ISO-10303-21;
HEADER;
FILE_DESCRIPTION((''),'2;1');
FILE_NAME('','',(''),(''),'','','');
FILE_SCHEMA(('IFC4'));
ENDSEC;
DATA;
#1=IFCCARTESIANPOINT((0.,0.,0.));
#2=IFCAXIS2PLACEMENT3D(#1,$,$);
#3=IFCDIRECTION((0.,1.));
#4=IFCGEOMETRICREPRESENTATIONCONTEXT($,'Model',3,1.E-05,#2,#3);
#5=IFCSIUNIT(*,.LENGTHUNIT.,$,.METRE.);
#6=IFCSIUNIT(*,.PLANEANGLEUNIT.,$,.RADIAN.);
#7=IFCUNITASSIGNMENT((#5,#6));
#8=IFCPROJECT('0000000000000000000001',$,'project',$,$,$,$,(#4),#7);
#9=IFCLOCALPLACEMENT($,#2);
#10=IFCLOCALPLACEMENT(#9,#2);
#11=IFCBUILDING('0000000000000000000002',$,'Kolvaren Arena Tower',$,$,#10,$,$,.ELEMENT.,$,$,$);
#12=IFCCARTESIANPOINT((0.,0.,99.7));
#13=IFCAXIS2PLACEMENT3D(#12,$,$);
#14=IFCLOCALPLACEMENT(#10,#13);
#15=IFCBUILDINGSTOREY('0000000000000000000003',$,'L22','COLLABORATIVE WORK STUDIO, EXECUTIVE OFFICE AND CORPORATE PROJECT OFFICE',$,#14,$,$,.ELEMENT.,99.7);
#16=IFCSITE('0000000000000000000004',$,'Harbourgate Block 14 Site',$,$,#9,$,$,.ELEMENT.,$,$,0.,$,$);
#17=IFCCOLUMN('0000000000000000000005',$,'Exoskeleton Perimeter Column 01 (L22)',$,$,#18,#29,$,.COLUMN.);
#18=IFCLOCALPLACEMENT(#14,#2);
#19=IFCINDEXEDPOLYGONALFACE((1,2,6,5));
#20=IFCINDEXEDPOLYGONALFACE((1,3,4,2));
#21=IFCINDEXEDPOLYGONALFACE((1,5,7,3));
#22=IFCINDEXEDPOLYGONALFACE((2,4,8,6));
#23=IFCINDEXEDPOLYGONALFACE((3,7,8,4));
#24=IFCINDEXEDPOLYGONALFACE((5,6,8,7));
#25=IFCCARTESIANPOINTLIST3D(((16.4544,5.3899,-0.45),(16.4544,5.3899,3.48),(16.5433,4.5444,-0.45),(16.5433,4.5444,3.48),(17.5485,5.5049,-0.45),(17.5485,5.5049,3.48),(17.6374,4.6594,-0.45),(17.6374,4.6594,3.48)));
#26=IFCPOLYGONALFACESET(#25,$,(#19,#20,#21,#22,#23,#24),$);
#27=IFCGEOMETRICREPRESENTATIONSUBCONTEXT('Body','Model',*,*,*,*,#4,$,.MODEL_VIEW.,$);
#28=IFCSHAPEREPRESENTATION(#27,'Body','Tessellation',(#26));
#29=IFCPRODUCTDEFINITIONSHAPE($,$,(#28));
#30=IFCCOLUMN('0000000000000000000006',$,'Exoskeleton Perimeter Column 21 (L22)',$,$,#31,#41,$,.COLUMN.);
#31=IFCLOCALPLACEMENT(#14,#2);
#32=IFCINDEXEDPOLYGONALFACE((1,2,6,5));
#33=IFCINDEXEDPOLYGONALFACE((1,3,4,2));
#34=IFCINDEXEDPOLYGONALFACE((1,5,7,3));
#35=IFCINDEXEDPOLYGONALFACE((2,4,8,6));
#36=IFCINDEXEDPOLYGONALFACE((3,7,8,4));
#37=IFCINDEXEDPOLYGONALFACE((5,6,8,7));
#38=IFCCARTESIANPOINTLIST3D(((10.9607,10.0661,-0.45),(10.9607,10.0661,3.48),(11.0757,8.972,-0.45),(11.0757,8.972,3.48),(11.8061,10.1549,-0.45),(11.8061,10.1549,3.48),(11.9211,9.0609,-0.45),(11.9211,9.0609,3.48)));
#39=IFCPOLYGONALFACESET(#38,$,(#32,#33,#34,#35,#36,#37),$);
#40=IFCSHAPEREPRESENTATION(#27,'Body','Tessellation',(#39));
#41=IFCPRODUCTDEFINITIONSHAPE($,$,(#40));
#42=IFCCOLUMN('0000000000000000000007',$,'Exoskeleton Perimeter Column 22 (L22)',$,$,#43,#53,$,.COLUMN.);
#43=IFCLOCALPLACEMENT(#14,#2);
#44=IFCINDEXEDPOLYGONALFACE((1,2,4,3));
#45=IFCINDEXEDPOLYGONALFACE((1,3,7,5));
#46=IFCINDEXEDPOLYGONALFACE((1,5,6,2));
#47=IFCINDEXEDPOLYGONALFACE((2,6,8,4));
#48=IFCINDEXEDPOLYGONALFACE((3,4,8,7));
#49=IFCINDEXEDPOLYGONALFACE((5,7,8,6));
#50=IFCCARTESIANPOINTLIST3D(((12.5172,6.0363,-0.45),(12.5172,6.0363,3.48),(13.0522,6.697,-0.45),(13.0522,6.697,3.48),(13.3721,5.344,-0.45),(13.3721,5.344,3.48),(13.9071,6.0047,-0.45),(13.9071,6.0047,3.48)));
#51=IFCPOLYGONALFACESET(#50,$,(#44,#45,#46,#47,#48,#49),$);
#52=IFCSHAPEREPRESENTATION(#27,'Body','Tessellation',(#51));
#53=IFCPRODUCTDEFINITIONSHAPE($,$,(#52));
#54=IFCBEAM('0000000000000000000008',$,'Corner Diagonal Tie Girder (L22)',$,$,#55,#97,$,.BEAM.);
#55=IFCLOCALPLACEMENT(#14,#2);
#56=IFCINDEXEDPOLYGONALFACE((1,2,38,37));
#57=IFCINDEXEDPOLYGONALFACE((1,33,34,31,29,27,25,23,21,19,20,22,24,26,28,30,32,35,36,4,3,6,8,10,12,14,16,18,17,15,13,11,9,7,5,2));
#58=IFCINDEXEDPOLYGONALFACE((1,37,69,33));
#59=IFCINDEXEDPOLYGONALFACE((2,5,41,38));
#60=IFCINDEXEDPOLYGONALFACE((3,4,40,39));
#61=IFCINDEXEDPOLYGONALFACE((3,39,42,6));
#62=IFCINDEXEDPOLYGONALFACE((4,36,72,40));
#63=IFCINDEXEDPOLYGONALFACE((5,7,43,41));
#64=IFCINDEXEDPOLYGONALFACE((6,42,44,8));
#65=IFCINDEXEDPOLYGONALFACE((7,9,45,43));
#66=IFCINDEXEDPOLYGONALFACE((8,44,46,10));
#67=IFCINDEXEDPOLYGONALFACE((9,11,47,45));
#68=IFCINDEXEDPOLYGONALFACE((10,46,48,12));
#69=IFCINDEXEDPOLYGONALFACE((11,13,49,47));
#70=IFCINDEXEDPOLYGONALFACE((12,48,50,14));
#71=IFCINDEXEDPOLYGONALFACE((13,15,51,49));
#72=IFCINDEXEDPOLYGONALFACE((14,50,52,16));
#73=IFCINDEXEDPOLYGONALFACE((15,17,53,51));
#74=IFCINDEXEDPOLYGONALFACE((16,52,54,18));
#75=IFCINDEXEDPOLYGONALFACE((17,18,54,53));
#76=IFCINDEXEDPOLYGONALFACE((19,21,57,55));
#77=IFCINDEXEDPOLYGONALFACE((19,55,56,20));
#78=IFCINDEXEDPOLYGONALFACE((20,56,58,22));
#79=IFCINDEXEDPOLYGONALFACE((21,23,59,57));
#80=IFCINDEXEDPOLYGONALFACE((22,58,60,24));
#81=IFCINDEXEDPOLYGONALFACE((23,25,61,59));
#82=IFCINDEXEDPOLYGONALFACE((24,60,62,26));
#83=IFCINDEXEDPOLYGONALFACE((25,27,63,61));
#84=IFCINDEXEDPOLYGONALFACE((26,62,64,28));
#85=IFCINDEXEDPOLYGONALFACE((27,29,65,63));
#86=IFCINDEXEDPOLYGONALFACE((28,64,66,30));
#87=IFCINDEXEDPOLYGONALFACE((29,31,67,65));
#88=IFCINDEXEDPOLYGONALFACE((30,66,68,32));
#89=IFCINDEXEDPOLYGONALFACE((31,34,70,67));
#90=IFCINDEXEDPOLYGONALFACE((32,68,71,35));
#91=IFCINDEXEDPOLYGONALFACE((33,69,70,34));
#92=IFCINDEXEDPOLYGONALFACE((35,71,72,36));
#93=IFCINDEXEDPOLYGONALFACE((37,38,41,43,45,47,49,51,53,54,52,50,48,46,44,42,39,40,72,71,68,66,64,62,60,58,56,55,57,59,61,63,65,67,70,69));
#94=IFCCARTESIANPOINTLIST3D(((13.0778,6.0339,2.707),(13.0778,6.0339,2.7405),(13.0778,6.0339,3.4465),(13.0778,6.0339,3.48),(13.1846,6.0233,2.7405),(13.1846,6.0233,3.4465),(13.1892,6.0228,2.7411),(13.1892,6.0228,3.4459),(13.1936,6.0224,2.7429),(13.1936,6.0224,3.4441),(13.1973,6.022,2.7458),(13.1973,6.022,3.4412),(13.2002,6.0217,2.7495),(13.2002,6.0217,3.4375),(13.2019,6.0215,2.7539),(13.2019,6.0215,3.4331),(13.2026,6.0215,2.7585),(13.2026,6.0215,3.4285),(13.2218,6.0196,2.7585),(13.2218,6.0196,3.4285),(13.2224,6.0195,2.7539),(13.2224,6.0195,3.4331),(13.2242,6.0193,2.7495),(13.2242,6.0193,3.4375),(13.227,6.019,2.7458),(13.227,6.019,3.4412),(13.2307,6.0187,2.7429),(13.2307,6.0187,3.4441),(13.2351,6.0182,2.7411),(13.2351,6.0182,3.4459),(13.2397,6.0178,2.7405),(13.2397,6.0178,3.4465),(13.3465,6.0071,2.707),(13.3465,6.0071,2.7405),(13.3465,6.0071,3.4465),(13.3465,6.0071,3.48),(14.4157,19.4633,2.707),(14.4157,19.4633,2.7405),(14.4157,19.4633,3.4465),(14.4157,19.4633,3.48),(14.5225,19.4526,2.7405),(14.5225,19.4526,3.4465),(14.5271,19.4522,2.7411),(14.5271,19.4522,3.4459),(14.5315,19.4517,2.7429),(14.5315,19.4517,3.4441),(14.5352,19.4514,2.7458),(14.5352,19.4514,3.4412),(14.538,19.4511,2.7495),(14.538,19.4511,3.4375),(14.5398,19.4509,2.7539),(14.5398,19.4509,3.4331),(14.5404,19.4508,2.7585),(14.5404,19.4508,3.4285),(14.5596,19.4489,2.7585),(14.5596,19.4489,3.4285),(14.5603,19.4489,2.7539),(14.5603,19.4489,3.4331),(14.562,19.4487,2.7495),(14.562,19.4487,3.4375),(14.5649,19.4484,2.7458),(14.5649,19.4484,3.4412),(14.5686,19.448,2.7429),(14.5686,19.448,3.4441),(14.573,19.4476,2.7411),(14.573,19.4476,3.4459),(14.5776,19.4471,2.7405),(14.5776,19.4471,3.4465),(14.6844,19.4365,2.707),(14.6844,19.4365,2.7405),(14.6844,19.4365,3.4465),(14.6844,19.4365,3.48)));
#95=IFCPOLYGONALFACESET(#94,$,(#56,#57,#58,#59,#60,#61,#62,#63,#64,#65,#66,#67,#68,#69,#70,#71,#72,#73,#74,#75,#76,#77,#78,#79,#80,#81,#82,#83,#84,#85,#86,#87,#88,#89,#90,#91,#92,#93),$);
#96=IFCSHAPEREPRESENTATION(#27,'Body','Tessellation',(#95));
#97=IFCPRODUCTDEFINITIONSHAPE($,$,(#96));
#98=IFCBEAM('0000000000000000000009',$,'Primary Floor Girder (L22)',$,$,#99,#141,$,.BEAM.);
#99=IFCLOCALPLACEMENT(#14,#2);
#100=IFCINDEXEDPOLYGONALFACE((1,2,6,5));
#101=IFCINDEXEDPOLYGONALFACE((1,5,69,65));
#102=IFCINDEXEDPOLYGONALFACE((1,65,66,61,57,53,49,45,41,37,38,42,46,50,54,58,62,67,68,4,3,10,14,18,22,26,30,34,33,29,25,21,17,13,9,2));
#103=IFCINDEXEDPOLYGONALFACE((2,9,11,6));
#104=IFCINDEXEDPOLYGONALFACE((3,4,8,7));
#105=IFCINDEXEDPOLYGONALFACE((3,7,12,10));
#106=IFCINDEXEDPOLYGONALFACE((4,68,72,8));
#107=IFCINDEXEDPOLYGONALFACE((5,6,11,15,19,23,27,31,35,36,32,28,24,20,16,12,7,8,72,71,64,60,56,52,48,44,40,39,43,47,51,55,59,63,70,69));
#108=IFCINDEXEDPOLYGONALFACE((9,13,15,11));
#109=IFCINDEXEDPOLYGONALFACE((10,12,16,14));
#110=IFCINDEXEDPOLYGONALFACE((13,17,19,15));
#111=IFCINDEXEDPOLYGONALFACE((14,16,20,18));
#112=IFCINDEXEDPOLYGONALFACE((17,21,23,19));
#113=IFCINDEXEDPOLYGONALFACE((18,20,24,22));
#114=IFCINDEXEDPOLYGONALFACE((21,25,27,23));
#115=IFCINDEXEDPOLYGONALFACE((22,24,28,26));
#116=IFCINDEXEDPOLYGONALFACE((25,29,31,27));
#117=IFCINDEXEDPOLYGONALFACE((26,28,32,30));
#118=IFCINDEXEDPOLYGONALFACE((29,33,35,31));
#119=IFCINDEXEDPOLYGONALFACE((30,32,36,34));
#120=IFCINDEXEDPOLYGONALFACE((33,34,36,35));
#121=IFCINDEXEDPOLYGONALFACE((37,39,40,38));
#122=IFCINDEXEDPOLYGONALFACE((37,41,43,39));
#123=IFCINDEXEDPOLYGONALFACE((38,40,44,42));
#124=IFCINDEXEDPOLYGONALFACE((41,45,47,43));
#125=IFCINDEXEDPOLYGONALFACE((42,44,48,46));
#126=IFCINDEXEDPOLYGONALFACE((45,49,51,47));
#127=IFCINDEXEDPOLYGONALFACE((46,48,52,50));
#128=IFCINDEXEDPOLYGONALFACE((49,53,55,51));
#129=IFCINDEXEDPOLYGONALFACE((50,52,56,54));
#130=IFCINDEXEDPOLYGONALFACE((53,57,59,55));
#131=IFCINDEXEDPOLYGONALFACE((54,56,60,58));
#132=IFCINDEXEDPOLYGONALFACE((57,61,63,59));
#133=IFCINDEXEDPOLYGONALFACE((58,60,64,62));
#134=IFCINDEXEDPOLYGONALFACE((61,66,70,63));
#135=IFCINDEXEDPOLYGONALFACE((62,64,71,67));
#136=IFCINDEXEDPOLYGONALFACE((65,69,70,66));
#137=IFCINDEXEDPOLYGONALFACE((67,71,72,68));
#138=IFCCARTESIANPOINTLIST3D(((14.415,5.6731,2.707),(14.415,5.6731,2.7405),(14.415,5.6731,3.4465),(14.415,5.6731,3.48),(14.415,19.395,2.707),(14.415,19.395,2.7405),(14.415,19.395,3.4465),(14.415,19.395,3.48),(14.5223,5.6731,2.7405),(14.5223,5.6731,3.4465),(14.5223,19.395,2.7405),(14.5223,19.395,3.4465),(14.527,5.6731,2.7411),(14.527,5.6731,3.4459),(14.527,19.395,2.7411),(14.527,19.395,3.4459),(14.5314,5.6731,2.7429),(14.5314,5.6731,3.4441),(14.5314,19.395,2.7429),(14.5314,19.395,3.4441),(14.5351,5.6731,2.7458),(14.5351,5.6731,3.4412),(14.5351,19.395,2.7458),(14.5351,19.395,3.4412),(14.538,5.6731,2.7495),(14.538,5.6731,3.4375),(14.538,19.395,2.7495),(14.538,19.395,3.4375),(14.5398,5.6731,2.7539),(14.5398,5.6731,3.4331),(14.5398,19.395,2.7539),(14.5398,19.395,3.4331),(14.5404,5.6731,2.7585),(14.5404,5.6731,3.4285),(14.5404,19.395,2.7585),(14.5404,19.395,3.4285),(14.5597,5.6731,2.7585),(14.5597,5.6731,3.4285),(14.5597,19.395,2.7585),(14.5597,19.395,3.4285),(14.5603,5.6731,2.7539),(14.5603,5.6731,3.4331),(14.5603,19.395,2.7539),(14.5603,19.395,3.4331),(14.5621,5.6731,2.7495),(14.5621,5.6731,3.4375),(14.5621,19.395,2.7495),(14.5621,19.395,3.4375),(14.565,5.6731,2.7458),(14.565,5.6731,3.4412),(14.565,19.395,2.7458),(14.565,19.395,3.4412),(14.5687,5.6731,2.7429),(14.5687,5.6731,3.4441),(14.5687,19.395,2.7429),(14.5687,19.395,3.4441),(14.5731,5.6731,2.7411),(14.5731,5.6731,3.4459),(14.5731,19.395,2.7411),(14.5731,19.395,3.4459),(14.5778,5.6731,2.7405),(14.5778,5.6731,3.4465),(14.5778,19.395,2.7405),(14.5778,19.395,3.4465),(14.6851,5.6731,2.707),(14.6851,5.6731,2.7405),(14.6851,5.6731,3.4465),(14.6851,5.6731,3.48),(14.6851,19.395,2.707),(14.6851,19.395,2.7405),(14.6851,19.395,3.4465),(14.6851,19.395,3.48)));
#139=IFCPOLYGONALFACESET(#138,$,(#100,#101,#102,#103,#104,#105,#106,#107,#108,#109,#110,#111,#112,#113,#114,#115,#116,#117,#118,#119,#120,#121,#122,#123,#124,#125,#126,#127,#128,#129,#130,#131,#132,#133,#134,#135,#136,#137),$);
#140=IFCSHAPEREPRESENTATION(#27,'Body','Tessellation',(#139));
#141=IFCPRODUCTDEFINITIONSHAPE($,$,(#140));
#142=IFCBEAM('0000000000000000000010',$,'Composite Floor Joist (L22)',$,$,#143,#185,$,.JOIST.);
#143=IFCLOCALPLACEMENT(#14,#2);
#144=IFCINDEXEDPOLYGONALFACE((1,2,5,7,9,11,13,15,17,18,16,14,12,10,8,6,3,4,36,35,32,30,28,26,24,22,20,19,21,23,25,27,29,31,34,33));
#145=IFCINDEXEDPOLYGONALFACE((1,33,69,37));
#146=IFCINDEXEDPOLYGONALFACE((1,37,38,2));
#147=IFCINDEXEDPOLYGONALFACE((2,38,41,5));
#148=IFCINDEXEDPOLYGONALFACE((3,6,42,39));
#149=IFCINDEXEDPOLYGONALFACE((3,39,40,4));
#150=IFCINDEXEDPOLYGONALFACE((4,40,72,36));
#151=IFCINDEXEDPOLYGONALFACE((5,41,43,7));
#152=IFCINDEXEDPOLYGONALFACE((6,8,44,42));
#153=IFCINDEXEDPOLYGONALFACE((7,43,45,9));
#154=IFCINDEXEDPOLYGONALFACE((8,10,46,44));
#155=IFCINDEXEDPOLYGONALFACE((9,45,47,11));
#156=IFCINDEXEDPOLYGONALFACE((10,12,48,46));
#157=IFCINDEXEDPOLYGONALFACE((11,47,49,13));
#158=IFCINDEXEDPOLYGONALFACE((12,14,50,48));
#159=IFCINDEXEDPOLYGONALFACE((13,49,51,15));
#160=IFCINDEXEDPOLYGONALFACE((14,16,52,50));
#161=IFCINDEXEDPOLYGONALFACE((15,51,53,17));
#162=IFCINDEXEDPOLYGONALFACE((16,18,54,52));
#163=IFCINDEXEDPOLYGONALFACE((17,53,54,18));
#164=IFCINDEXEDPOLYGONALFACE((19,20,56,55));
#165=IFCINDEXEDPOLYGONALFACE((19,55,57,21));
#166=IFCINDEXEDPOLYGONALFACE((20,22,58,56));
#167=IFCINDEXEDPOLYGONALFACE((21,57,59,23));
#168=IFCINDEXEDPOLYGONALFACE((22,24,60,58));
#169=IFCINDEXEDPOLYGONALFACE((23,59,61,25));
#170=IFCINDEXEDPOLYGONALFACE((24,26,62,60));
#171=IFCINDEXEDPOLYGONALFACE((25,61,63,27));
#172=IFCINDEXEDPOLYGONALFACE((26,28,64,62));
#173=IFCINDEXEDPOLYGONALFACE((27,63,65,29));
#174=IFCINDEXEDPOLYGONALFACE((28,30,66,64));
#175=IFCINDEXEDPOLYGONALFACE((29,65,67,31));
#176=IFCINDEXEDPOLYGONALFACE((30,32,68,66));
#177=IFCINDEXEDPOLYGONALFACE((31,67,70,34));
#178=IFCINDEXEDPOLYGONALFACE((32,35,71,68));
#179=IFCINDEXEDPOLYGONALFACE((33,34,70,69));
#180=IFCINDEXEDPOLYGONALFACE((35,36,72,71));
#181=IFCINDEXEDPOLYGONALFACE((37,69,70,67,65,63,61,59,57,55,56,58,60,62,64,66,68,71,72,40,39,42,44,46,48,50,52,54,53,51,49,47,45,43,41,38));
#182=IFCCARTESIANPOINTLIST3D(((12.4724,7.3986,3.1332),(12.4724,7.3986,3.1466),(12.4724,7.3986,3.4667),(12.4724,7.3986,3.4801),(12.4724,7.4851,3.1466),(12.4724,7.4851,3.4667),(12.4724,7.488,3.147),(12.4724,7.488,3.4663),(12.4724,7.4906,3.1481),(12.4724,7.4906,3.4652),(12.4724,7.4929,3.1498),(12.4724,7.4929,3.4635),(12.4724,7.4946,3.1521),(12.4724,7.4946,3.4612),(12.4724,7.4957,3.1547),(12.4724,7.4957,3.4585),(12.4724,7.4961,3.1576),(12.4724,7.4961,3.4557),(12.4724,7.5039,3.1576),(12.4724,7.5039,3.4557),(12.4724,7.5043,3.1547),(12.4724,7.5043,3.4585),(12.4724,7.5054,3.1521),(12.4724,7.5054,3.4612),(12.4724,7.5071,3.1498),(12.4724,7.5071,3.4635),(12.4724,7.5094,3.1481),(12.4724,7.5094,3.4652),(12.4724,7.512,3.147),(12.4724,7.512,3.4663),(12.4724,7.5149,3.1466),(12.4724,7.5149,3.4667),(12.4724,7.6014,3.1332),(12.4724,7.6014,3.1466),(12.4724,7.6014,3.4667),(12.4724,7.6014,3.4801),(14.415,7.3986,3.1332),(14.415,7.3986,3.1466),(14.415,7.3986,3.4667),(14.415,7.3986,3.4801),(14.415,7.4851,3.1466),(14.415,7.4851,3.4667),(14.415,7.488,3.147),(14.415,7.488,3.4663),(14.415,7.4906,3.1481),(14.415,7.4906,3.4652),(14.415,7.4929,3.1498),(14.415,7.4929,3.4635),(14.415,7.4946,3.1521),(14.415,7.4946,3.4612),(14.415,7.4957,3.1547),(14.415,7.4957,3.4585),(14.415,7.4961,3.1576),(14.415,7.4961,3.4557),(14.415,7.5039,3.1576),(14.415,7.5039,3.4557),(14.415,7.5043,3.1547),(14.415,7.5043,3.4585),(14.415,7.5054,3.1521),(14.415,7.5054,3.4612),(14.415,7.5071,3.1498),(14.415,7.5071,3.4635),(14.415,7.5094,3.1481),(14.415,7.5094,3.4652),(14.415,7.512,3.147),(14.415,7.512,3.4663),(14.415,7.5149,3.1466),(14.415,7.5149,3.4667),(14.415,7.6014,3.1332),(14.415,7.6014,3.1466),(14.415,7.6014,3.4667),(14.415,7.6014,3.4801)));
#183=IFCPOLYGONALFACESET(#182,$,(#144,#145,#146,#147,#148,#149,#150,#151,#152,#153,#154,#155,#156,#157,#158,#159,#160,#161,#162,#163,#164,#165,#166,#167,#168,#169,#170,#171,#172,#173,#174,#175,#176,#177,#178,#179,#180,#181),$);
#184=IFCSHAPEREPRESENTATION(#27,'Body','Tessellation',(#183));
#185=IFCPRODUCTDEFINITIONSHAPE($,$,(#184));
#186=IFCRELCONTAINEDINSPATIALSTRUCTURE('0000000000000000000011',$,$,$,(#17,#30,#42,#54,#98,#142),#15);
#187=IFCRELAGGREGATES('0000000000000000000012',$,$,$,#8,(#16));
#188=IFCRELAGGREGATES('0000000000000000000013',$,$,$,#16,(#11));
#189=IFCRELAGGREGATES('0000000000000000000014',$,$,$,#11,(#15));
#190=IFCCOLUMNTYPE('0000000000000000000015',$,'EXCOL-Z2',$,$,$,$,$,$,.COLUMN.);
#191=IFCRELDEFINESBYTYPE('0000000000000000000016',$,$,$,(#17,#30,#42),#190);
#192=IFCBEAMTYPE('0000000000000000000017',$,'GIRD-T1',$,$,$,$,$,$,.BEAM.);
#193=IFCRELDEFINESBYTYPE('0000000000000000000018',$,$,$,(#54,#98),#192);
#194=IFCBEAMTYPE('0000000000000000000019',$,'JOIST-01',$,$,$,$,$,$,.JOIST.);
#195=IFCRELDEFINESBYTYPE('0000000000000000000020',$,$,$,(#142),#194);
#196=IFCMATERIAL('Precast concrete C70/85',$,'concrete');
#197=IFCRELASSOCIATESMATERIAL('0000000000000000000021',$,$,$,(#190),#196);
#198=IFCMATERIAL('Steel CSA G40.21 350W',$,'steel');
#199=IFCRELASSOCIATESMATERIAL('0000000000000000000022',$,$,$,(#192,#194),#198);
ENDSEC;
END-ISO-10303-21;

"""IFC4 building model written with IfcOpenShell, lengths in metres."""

from ifc_helpers import new_model, si_unit, direction, frame, origin, origin_2d, place, context, subcontext, project, spatial, rectangle, i_section, extrude, material, material_profile, profile_set, type_object, element, save


model = new_model("IFC4")

# Units and contexts
model_context = context("Model", 3, precision=1e-05, world=origin(), true_north=direction((0.0, 1.0)))
body_context = subcontext(model_context, "Body", "Model", "MODEL_VIEW")
ifc_project = project(units=[si_unit("LENGTHUNIT", "METRE"), si_unit("PLANEANGLEUNIT", "RADIAN")], contexts=[model_context])

# Site, building, storey
site_placement = place(None, origin())
site = spatial("IfcSite", under=ifc_project, at=site_placement, Name="Harbourgate Block 14 Site", CompositionType="ELEMENT", RefElevation=0.0)
building_placement = place(site_placement, origin())
building = spatial("IfcBuilding", under=site, at=building_placement, Name="Kolvaren Arena Tower", CompositionType="ELEMENT")
storey_placement = place(building_placement, frame((0.0, 0.0, 99.7)))
storey = spatial("IfcBuildingStorey", under=building, at=storey_placement, Name="L22", Description="COLLABORATIVE WORK STUDIO, EXECUTIVE OFFICE AND CORPORATE PROJECT OFFICE", CompositionType="ELEMENT", Elevation=99.7)

# Columns
ifc_material_1 = material(Name="Precast concrete C70/85", Category="concrete")
ifc_material_profile_1 = material_profile(ifc_material_1, rectangle(XDim=1.1001, YDim=0.8501, at=origin_2d()), Name="RC-1100x850")
ifc_profile_set_1 = profile_set([ifc_material_profile_1], Name="Precast concrete C70/85")
column_type = type_object("IfcColumnType", Name="EXCOL-Z2", PredefinedType="COLUMN", material=ifc_profile_set_1)
for number, where, z_axis, x_axis, name in (
    (1, (17.0459, 5.0247, -0.45), (0.0, 0.0, 1.0), (0.994522, 0.104528, 0.0), "Exoskeleton Perimeter Column 01 (L22)"),
    (2, (11.4409, 9.5635, -0.45), (0.0, 0.0, 1.0), (-0.104528, 0.994522, 0.0), "Exoskeleton Perimeter Column 21 (L22)"),
    (3, (13.2122, 6.0205, -0.45), (0.0, 0.0, 1.0), (-0.777146, 0.62932, 0.0), "Exoskeleton Perimeter Column 22 (L22)"),
):
    element("IfcColumn", number, at=place(storey_placement, frame(where, z_axis=z_axis, x_axis=x_axis)), inside=storey, type_object=column_type, Name=name, PredefinedType="COLUMN", context=body_context, shape_type="SweptSolid", body=[
        extrude(rectangle(XDim=1.1001, YDim=0.8501, at=origin_2d()), origin(), (0.0, 0.0, 1.0), 3.9299),
    ])

# Beams
ifc_material_2 = material(Name="Steel CSA G40.21 350W", Category="steel")
ifc_material_profile_2 = material_profile(ifc_material_2, i_section(OverallWidth=0.27, OverallDepth=0.7729, WebThickness=0.0193, FlangeThickness=0.0334, FilletRadius=0.0181, at=origin_2d()), Name="W760x257")
ifc_profile_set_2 = profile_set([ifc_material_profile_2], Name="Steel CSA G40.21 350W")
beam_type_1 = type_object("IfcBeamType", Name="GIRD-T1", PredefinedType="BEAM", material=ifc_profile_set_2)
beam_1_placement = place(storey_placement, frame((13.2122, 6.0205, 3.0935), z_axis=(0.099133, 0.995074, 0.0), x_axis=(-0.995074, 0.099133, 0.0)))
element("IfcBeam", 4, at=beam_1_placement, inside=storey, type_object=beam_type_1, Name="Corner Diagonal Tie Girder (L22)", PredefinedType="BEAM", context=body_context, shape_type="SweptSolid", body=[
    extrude(i_section(OverallWidth=0.27, OverallDepth=0.7729, WebThickness=0.0193, FlangeThickness=0.0334, FilletRadius=0.0181, at=origin_2d()), origin(), (0.0, 0.0, 1.0), 13.4958),
])
beam_2_placement = place(storey_placement, frame((14.55, 5.6731, 3.0935), z_axis=(0.0, 1.0, 0.0), x_axis=(-1.0, 0.0, 0.0)))
element("IfcBeam", 5, at=beam_2_placement, inside=storey, type_object=beam_type_1, Name="Primary Floor Girder (L22)", PredefinedType="BEAM", context=body_context, shape_type="SweptSolid", body=[
    extrude(i_section(OverallWidth=0.27, OverallDepth=0.7729, WebThickness=0.0193, FlangeThickness=0.0334, FilletRadius=0.0181, at=origin_2d()), origin(), (0.0, 0.0, 1.0), 13.7219),
])
ifc_material_profile_3 = material_profile(ifc_material_2, i_section(OverallWidth=0.2029, OverallDepth=0.3469, WebThickness=0.0078, FlangeThickness=0.0134, FilletRadius=0.011, at=origin_2d()), Name="W360x64")
ifc_profile_set_3 = profile_set([ifc_material_profile_3], Name="Steel CSA G40.21 350W")
beam_type_2 = type_object("IfcBeamType", Name="JOIST-01", PredefinedType="JOIST", material=ifc_profile_set_3)
beam_3_placement = place(storey_placement, frame((12.4724, 7.5, 3.3066), z_axis=(1.0, 0.0, 0.0), x_axis=(0.0, 1.0, 0.0)))
element("IfcBeam", 6, at=beam_3_placement, inside=storey, type_object=beam_type_2, Name="Composite Floor Joist (L22)", PredefinedType="JOIST", context=body_context, shape_type="SweptSolid", body=[
    extrude(i_section(OverallWidth=0.2029, OverallDepth=0.3469, WebThickness=0.0078, FlangeThickness=0.0134, FilletRadius=0.011, at=origin_2d()), origin(), (0.0, 0.0, 1.0), 1.9426),
])

save(model, "model.ifc")
